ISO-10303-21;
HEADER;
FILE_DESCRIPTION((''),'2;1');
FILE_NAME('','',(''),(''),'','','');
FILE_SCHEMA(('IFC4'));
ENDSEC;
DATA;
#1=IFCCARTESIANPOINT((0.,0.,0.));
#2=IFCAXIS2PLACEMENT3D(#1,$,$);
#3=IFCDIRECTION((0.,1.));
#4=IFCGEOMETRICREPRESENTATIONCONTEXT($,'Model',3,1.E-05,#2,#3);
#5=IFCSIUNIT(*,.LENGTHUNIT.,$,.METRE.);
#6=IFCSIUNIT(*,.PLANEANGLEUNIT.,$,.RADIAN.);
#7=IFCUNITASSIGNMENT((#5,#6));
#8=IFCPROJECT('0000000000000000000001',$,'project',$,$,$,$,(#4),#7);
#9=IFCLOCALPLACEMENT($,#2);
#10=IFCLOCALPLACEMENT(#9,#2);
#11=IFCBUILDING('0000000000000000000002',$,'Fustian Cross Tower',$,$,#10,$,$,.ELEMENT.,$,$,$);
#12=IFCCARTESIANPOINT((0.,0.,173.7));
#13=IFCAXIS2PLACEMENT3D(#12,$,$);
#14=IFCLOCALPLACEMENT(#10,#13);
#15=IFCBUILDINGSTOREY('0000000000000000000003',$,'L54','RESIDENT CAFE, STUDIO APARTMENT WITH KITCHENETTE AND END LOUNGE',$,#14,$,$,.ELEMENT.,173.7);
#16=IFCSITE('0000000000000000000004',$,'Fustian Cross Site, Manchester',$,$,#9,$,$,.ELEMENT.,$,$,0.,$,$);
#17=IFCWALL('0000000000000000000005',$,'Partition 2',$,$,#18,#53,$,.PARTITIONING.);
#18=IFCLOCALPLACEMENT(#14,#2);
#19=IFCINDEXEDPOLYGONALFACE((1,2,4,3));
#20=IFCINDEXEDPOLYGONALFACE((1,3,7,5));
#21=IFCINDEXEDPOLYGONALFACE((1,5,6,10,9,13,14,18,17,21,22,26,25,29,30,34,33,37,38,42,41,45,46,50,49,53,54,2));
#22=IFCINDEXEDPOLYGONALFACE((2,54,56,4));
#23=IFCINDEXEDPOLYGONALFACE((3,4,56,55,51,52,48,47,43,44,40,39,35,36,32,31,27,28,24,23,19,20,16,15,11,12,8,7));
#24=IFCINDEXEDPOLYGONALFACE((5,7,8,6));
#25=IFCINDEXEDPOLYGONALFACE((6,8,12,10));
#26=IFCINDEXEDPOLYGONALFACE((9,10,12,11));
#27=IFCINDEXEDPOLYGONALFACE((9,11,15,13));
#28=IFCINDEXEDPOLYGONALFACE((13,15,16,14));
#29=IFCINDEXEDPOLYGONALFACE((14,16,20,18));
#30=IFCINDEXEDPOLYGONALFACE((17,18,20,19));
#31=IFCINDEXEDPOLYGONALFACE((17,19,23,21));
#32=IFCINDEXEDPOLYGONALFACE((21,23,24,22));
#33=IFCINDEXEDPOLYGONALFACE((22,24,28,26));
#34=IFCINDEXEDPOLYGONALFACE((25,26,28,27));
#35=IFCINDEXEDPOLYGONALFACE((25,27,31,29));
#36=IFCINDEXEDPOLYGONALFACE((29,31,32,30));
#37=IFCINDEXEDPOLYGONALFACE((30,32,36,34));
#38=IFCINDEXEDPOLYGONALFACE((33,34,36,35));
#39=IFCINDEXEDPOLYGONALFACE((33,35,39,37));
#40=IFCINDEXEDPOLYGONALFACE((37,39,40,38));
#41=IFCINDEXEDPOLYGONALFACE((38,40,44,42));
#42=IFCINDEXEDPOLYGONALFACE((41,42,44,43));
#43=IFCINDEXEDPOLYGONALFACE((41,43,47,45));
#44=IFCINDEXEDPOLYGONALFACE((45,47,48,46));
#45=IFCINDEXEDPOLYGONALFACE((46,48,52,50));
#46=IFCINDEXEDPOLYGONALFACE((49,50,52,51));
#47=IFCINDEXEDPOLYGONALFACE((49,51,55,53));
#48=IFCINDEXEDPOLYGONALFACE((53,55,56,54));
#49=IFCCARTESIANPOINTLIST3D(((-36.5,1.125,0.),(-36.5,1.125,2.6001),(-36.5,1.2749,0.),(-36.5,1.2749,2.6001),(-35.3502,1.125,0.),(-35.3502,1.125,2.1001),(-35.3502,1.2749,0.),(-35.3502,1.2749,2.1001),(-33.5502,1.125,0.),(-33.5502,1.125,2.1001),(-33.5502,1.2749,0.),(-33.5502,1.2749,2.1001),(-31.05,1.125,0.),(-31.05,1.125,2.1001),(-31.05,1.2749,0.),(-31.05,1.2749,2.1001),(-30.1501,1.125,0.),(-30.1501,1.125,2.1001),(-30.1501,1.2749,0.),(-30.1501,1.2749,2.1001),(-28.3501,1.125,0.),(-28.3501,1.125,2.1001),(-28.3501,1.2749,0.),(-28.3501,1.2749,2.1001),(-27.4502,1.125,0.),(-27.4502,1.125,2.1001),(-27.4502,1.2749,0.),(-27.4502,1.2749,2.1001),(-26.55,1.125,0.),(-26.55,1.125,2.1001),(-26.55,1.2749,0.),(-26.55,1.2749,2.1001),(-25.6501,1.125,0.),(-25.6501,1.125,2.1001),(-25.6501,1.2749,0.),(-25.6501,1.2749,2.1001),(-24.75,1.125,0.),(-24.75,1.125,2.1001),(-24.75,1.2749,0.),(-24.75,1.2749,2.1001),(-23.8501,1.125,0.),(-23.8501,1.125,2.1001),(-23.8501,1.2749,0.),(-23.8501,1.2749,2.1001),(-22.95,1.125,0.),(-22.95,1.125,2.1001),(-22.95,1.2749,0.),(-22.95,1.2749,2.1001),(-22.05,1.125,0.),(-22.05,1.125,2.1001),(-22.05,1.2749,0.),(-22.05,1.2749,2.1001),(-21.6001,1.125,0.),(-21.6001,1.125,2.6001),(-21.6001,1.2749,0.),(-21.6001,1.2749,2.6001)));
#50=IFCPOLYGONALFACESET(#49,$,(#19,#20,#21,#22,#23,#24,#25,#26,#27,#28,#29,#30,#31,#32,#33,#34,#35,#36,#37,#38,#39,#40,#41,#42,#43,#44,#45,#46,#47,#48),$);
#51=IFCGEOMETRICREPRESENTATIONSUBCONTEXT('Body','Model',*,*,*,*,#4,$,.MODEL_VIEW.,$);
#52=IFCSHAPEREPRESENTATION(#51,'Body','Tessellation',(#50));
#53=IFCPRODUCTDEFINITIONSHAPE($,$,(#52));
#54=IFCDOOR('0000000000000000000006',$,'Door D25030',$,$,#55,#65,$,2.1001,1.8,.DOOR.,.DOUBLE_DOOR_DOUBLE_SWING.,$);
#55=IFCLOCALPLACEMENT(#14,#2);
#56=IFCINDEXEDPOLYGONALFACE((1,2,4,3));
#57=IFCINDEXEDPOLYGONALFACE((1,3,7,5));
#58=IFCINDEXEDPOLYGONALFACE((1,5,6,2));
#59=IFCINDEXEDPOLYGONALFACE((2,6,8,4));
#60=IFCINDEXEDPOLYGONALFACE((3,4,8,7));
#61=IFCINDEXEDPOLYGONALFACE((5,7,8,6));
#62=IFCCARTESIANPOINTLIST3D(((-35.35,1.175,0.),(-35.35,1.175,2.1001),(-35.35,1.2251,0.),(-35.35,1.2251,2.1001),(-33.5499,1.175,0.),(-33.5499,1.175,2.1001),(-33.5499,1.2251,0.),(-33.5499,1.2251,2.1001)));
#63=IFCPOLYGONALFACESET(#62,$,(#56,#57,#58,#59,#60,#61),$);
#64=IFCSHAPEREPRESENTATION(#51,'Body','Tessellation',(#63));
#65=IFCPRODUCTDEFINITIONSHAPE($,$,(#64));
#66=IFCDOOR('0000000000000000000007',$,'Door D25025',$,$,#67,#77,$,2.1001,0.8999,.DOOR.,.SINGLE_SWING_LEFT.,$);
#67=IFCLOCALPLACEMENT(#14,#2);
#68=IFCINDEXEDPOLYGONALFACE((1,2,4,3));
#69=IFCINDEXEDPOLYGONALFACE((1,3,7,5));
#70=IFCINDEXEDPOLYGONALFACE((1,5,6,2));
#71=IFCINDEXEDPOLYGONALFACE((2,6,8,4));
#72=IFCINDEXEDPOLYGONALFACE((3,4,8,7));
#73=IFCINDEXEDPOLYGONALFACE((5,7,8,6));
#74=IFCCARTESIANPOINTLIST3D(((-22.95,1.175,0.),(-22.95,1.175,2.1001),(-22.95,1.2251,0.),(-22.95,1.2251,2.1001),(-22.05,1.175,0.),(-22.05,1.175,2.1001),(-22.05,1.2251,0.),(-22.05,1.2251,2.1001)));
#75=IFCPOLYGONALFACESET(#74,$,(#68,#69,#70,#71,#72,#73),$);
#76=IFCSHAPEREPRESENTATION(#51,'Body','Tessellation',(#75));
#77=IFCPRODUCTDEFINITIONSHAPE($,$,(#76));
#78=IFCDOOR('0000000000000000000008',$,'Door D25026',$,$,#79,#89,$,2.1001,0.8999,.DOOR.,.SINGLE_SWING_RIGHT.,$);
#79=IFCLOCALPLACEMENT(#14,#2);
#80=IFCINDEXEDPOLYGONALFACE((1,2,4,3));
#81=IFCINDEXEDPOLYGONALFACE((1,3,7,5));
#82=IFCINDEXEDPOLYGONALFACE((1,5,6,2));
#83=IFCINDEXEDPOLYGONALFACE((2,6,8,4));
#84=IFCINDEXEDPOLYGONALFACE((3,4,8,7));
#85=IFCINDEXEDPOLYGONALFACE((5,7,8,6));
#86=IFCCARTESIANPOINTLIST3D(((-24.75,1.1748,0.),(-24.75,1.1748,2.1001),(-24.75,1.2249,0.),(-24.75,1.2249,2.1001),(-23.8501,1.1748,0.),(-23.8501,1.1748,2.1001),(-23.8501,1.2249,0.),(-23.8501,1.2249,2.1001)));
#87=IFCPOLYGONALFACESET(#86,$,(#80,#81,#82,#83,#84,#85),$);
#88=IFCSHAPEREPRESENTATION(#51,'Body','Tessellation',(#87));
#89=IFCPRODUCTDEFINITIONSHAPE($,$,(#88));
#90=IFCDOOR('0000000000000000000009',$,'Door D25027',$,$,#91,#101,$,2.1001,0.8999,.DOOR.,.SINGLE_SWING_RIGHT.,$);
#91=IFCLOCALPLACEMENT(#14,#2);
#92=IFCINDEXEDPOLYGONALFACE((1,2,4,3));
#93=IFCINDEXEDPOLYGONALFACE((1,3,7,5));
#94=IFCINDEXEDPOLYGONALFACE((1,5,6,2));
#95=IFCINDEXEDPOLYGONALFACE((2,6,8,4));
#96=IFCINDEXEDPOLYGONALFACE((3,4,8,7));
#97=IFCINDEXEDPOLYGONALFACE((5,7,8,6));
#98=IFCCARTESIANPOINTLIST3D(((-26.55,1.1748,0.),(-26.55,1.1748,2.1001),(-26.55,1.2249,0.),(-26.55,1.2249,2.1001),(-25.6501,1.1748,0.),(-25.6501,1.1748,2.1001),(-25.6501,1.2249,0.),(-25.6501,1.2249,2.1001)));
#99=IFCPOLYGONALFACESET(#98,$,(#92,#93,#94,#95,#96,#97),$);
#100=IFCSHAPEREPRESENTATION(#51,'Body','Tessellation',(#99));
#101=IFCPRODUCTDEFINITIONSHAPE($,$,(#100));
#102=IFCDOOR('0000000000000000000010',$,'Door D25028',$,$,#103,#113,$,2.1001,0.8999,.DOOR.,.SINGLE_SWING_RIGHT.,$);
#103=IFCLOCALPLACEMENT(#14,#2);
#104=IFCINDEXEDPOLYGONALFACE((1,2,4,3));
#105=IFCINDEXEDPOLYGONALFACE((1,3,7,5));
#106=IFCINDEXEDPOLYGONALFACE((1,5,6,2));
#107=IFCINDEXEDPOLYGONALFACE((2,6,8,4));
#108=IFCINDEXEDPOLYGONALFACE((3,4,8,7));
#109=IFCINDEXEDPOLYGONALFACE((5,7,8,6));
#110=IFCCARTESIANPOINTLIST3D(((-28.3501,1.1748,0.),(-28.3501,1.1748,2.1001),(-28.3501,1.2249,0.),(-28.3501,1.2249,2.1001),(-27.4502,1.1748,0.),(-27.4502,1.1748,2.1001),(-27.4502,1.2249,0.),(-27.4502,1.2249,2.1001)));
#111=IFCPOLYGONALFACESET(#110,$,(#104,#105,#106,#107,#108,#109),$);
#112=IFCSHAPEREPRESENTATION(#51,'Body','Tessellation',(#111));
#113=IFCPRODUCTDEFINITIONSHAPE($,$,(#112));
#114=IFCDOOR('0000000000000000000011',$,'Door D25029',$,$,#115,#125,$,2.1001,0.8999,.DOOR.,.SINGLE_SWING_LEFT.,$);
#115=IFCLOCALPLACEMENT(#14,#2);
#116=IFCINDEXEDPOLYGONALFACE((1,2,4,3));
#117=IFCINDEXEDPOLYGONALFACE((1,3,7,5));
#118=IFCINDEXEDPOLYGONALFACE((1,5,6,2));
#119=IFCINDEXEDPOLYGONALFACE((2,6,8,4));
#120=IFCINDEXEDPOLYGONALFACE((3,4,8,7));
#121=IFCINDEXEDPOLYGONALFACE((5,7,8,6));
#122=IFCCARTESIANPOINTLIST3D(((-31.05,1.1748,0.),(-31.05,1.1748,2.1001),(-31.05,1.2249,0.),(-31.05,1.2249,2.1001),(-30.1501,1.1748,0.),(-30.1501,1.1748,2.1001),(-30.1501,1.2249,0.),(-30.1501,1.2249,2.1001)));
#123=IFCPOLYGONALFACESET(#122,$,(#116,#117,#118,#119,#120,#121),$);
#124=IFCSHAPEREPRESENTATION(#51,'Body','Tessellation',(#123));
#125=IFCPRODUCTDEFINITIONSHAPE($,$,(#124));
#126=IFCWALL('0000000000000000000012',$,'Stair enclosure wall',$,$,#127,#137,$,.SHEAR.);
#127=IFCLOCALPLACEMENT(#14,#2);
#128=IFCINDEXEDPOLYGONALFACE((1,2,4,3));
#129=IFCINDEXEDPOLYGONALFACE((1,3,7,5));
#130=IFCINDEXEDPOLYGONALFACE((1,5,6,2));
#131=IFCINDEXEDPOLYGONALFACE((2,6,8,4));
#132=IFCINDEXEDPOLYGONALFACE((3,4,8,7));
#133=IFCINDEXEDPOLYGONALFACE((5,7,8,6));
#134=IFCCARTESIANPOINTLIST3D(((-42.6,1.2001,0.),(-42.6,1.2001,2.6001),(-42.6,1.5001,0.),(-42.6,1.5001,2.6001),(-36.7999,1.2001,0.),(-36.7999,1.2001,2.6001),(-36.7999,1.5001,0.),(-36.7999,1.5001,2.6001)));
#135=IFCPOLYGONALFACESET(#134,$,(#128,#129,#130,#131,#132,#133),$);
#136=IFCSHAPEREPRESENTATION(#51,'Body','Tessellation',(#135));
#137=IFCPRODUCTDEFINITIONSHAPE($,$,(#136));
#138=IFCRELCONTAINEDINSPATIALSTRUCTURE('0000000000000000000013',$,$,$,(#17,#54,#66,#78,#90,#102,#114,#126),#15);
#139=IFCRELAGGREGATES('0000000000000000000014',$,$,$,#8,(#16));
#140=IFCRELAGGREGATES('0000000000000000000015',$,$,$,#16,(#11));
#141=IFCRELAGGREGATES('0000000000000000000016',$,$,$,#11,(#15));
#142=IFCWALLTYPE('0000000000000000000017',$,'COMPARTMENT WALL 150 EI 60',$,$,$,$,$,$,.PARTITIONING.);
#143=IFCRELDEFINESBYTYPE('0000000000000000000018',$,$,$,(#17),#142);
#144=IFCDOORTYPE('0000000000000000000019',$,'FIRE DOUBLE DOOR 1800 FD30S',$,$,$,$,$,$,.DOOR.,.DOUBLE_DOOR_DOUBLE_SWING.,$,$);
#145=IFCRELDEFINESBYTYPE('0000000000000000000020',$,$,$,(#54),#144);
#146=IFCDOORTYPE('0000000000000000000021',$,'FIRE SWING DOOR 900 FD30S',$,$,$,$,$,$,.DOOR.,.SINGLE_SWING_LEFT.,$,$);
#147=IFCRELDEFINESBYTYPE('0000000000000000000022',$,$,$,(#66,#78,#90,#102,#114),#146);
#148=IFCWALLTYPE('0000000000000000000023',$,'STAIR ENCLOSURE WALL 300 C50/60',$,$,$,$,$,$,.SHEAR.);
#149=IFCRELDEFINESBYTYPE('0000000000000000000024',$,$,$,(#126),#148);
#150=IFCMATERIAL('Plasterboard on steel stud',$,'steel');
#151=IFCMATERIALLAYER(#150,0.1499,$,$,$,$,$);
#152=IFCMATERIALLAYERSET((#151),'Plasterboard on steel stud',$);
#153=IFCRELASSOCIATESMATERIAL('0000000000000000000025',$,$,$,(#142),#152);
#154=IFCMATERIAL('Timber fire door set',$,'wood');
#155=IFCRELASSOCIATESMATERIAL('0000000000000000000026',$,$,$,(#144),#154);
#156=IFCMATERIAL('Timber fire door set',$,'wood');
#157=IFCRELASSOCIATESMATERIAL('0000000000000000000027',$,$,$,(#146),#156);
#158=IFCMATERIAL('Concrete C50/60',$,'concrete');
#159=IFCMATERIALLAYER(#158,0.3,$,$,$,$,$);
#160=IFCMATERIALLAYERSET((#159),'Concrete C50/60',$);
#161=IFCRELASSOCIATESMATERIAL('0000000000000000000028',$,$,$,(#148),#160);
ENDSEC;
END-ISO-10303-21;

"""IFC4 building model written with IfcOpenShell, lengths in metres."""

from ifc_helpers import new_model, si_unit, direction, frame, frame_2d, origin, place, context, subcontext, project, spatial, rectangle, extrude, material, layer, layer_set, type_object, element, fill, save


model = new_model("IFC4")

# Units and contexts
model_context = context("Model", 3, precision=1e-05, world=origin(), true_north=direction((0.0, 1.0)))
body_context = subcontext(model_context, "Body", "Model", "MODEL_VIEW")
ifc_project = project(units=[si_unit("LENGTHUNIT", "METRE"), si_unit("PLANEANGLEUNIT", "RADIAN")], contexts=[model_context])

# Site, building, storey
site_placement = place(None, origin())
site = spatial("IfcSite", under=ifc_project, at=site_placement, Name="Fustian Cross Site, Manchester", CompositionType="ELEMENT", RefElevation=0.0)
building_placement = place(site_placement, origin())
building = spatial("IfcBuilding", under=site, at=building_placement, Name="Fustian Cross Tower", CompositionType="ELEMENT")
storey_placement = place(building_placement, frame((0.0, 0.0, 173.7)))
storey = spatial("IfcBuildingStorey", under=building, at=storey_placement, Name="L54", Description="RESIDENT CAFE, STUDIO APARTMENT WITH KITCHENETTE AND END LOUNGE", CompositionType="ELEMENT", Elevation=173.7)

# Wall, openings, doors
ifc_material_1 = material(Name="Plasterboard on steel stud", Category="steel")
ifc_layer_1 = layer(ifc_material_1, 0.1499)
ifc_layer_set_1 = layer_set([ifc_layer_1], Name="Plasterboard on steel stud")
wall_type_1 = type_object("IfcWallType", Name="COMPARTMENT WALL 150 EI 60", PredefinedType="PARTITIONING", material=ifc_layer_set_1)
ifc_material_2 = material(Name="Timber fire door set", Category="wood")
door_type_1 = type_object("IfcDoorType", Name="FIRE DOUBLE DOOR 1800 FD30S", OperationType="DOUBLE_DOOR_DOUBLE_SWING", PredefinedType="DOOR", material=ifc_material_2)
wall_1_placement = place(storey_placement, frame((-36.5, 1.2, 0.0), z_axis=(0.0, 0.0, 1.0), x_axis=(1.0, 0.0, 0.0)))
wall_1 = element("IfcWall", 1, at=wall_1_placement, inside=storey, type_object=wall_type_1, Name="Partition 2", PredefinedType="PARTITIONING", context=body_context, shape_type="SweptSolid", body=[
    extrude(rectangle(XDim=14.8999, YDim=0.1499, at=frame_2d((7.45, 0.0))), origin(), (0.0, 0.0, 1.0), 2.6001),
])
opening_1_placement = place(wall_1_placement, frame((13.55, 0.0, 0.0)))
opening_1 = element("IfcOpeningElement", 2, at=opening_1_placement, cuts=wall_1, PredefinedType="OPENING", context=body_context, shape_type="SweptSolid", body=[
    extrude(rectangle(XDim=0.8999, YDim=2.1001, at=frame_2d((0.45, 1.05))), frame((0.0, 0.085, 0.0), z_axis=(0.0, -1.0, 0.0), x_axis=(1.0, 0.0, 0.0)), (0.0, 0.0, 1.0), 0.1699),
])
opening_2_placement = place(wall_1_placement, frame((11.75, 0.0, 0.0)))
opening_2 = element("IfcOpeningElement", 3, at=opening_2_placement, cuts=wall_1, PredefinedType="OPENING", context=body_context, shape_type="SweptSolid", body=[
    extrude(rectangle(XDim=0.8999, YDim=2.1001, at=frame_2d((0.45, 1.05))), frame((0.0, 0.085, 0.0), z_axis=(0.0, -1.0, 0.0), x_axis=(1.0, 0.0, 0.0)), (0.0, 0.0, 1.0), 0.1699),
])
opening_3_placement = place(wall_1_placement, frame((9.95, 0.0, 0.0)))
opening_3 = element("IfcOpeningElement", 4, at=opening_3_placement, cuts=wall_1, PredefinedType="OPENING", context=body_context, shape_type="SweptSolid", body=[
    extrude(rectangle(XDim=0.8999, YDim=2.1001, at=frame_2d((0.45, 1.05))), frame((0.0, 0.085, 0.0), z_axis=(0.0, -1.0, 0.0), x_axis=(1.0, 0.0, 0.0)), (0.0, 0.0, 1.0), 0.1699),
])
opening_4_placement = place(wall_1_placement, frame((8.1499, 0.0, 0.0)))
opening_4 = element("IfcOpeningElement", 5, at=opening_4_placement, cuts=wall_1, PredefinedType="OPENING", context=body_context, shape_type="SweptSolid", body=[
    extrude(rectangle(XDim=0.8999, YDim=2.1001, at=frame_2d((0.45, 1.05))), frame((0.0, 0.085, 0.0), z_axis=(0.0, -1.0, 0.0), x_axis=(1.0, 0.0, 0.0)), (0.0, 0.0, 1.0), 0.1699),
])
opening_5_placement = place(wall_1_placement, frame((5.45, 0.0, 0.0)))
opening_5 = element("IfcOpeningElement", 6, at=opening_5_placement, cuts=wall_1, PredefinedType="OPENING", context=body_context, shape_type="SweptSolid", body=[
    extrude(rectangle(XDim=0.8999, YDim=2.1001, at=frame_2d((0.45, 1.05))), frame((0.0, 0.085, 0.0), z_axis=(0.0, -1.0, 0.0), x_axis=(1.0, 0.0, 0.0)), (0.0, 0.0, 1.0), 0.1699),
])
opening_6_placement = place(wall_1_placement, frame((1.1499, 0.0, 0.0)))
opening_6 = element("IfcOpeningElement", 7, at=opening_6_placement, cuts=wall_1, PredefinedType="OPENING", context=body_context, shape_type="SweptSolid", body=[
    extrude(rectangle(XDim=1.8, YDim=2.1001, at=frame_2d((0.8999, 1.05))), frame((0.0, 0.085, 0.0), z_axis=(0.0, -1.0, 0.0), x_axis=(1.0, 0.0, 0.0)), (0.0, 0.0, 1.0), 0.1699),
])
door_1_placement = place(opening_6_placement, frame((1.8, 0.0, 0.0), z_axis=(0.0, 0.0, 1.0), x_axis=(-1.0, 0.0, 0.0)))
door_1 = element("IfcDoor", 8, at=door_1_placement, inside=storey, type_object=door_type_1, Name="Door D25030", OperationType="DOUBLE_DOOR_DOUBLE_SWING", OverallHeight=2.1001, OverallWidth=1.8, PredefinedType="DOOR", context=body_context, shape_type="SweptSolid", body=[
    extrude(rectangle(XDim=1.8, YDim=2.1001, at=frame_2d((0.8999, 1.05))), frame((0.0, 0.0249, 0.0), z_axis=(0.0, -1.0, 0.0), x_axis=(1.0, 0.0, 0.0)), (0.0, 0.0, 1.0), 0.05),
])
fill(opening_6, door_1)
ifc_material_3 = material(Name="Timber fire door set", Category="wood")
door_type_2 = type_object("IfcDoorType", Name="FIRE SWING DOOR 900 FD30S", OperationType="SINGLE_SWING_LEFT", PredefinedType="DOOR", material=ifc_material_3)
door_2_placement = place(opening_1_placement, frame((0.8999, 0.0, 0.0), z_axis=(0.0, 0.0, 1.0), x_axis=(-1.0, 0.0, 0.0)))
door_2 = element("IfcDoor", 9, at=door_2_placement, inside=storey, type_object=door_type_2, Name="Door D25025", OperationType="SINGLE_SWING_LEFT", OverallHeight=2.1001, OverallWidth=0.8999, PredefinedType="DOOR", context=body_context, shape_type="SweptSolid", body=[
    extrude(rectangle(XDim=0.8999, YDim=2.1001, at=frame_2d((0.45, 1.05))), frame((0.0, 0.0249, 0.0), z_axis=(0.0, -1.0, 0.0), x_axis=(1.0, 0.0, 0.0)), (0.0, 0.0, 1.0), 0.05),
])
fill(opening_1, door_2)
door_3_placement = place(opening_2_placement, origin())
door_3 = element("IfcDoor", 10, at=door_3_placement, inside=storey, type_object=door_type_2, Name="Door D25026", OperationType="SINGLE_SWING_RIGHT", OverallHeight=2.1001, OverallWidth=0.8999, PredefinedType="DOOR", context=body_context, shape_type="SweptSolid", body=[
    extrude(rectangle(XDim=0.8999, YDim=2.1001, at=frame_2d((0.45, 1.05))), frame((0.0, 0.0249, 0.0), z_axis=(0.0, -1.0, 0.0), x_axis=(1.0, 0.0, 0.0)), (0.0, 0.0, 1.0), 0.05),
])
fill(opening_2, door_3)
door_4_placement = place(opening_3_placement, origin())
door_4 = element("IfcDoor", 11, at=door_4_placement, inside=storey, type_object=door_type_2, Name="Door D25027", OperationType="SINGLE_SWING_RIGHT", OverallHeight=2.1001, OverallWidth=0.8999, PredefinedType="DOOR", context=body_context, shape_type="SweptSolid", body=[
    extrude(rectangle(XDim=0.8999, YDim=2.1001, at=frame_2d((0.45, 1.05))), frame((0.0, 0.0249, 0.0), z_axis=(0.0, -1.0, 0.0), x_axis=(1.0, 0.0, 0.0)), (0.0, 0.0, 1.0), 0.05),
])
fill(opening_3, door_4)
door_5_placement = place(opening_4_placement, origin())
door_5 = element("IfcDoor", 12, at=door_5_placement, inside=storey, type_object=door_type_2, Name="Door D25028", OperationType="SINGLE_SWING_RIGHT", OverallHeight=2.1001, OverallWidth=0.8999, PredefinedType="DOOR", context=body_context, shape_type="SweptSolid", body=[
    extrude(rectangle(XDim=0.8999, YDim=2.1001, at=frame_2d((0.45, 1.05))), frame((0.0, 0.0249, 0.0), z_axis=(0.0, -1.0, 0.0), x_axis=(1.0, 0.0, 0.0)), (0.0, 0.0, 1.0), 0.05),
])
fill(opening_4, door_5)
door_6_placement = place(opening_5_placement, origin())
door_6 = element("IfcDoor", 13, at=door_6_placement, inside=storey, type_object=door_type_2, Name="Door D25029", OperationType="SINGLE_SWING_LEFT", OverallHeight=2.1001, OverallWidth=0.8999, PredefinedType="DOOR", context=body_context, shape_type="SweptSolid", body=[
    extrude(rectangle(XDim=0.8999, YDim=2.1001, at=frame_2d((0.45, 1.05))), frame((0.0, 0.0249, 0.0), z_axis=(0.0, -1.0, 0.0), x_axis=(1.0, 0.0, 0.0)), (0.0, 0.0, 1.0), 0.05),
])
fill(opening_5, door_6)

# Wall
ifc_material_4 = material(Name="Concrete C50/60", Category="concrete")
ifc_layer_2 = layer(ifc_material_4, 0.3)
ifc_layer_set_2 = layer_set([ifc_layer_2], Name="Concrete C50/60")
wall_type_2 = type_object("IfcWallType", Name="STAIR ENCLOSURE WALL 300 C50/60", PredefinedType="SHEAR", material=ifc_layer_set_2)
wall_2_placement = place(storey_placement, frame((-36.8, 1.3501, 0.0), z_axis=(0.0, 0.0, 1.0), x_axis=(-1.0, 0.0, 0.0)))
element("IfcWall", 14, at=wall_2_placement, inside=storey, type_object=wall_type_2, Name="Stair enclosure wall", PredefinedType="SHEAR", context=body_context, shape_type="SweptSolid", body=[
    extrude(rectangle(XDim=5.8, YDim=0.3, at=frame_2d((2.8999, 0.0))), origin(), (0.0, 0.0, 1.0), 2.6001),
])

save(model, "model.ifc")
